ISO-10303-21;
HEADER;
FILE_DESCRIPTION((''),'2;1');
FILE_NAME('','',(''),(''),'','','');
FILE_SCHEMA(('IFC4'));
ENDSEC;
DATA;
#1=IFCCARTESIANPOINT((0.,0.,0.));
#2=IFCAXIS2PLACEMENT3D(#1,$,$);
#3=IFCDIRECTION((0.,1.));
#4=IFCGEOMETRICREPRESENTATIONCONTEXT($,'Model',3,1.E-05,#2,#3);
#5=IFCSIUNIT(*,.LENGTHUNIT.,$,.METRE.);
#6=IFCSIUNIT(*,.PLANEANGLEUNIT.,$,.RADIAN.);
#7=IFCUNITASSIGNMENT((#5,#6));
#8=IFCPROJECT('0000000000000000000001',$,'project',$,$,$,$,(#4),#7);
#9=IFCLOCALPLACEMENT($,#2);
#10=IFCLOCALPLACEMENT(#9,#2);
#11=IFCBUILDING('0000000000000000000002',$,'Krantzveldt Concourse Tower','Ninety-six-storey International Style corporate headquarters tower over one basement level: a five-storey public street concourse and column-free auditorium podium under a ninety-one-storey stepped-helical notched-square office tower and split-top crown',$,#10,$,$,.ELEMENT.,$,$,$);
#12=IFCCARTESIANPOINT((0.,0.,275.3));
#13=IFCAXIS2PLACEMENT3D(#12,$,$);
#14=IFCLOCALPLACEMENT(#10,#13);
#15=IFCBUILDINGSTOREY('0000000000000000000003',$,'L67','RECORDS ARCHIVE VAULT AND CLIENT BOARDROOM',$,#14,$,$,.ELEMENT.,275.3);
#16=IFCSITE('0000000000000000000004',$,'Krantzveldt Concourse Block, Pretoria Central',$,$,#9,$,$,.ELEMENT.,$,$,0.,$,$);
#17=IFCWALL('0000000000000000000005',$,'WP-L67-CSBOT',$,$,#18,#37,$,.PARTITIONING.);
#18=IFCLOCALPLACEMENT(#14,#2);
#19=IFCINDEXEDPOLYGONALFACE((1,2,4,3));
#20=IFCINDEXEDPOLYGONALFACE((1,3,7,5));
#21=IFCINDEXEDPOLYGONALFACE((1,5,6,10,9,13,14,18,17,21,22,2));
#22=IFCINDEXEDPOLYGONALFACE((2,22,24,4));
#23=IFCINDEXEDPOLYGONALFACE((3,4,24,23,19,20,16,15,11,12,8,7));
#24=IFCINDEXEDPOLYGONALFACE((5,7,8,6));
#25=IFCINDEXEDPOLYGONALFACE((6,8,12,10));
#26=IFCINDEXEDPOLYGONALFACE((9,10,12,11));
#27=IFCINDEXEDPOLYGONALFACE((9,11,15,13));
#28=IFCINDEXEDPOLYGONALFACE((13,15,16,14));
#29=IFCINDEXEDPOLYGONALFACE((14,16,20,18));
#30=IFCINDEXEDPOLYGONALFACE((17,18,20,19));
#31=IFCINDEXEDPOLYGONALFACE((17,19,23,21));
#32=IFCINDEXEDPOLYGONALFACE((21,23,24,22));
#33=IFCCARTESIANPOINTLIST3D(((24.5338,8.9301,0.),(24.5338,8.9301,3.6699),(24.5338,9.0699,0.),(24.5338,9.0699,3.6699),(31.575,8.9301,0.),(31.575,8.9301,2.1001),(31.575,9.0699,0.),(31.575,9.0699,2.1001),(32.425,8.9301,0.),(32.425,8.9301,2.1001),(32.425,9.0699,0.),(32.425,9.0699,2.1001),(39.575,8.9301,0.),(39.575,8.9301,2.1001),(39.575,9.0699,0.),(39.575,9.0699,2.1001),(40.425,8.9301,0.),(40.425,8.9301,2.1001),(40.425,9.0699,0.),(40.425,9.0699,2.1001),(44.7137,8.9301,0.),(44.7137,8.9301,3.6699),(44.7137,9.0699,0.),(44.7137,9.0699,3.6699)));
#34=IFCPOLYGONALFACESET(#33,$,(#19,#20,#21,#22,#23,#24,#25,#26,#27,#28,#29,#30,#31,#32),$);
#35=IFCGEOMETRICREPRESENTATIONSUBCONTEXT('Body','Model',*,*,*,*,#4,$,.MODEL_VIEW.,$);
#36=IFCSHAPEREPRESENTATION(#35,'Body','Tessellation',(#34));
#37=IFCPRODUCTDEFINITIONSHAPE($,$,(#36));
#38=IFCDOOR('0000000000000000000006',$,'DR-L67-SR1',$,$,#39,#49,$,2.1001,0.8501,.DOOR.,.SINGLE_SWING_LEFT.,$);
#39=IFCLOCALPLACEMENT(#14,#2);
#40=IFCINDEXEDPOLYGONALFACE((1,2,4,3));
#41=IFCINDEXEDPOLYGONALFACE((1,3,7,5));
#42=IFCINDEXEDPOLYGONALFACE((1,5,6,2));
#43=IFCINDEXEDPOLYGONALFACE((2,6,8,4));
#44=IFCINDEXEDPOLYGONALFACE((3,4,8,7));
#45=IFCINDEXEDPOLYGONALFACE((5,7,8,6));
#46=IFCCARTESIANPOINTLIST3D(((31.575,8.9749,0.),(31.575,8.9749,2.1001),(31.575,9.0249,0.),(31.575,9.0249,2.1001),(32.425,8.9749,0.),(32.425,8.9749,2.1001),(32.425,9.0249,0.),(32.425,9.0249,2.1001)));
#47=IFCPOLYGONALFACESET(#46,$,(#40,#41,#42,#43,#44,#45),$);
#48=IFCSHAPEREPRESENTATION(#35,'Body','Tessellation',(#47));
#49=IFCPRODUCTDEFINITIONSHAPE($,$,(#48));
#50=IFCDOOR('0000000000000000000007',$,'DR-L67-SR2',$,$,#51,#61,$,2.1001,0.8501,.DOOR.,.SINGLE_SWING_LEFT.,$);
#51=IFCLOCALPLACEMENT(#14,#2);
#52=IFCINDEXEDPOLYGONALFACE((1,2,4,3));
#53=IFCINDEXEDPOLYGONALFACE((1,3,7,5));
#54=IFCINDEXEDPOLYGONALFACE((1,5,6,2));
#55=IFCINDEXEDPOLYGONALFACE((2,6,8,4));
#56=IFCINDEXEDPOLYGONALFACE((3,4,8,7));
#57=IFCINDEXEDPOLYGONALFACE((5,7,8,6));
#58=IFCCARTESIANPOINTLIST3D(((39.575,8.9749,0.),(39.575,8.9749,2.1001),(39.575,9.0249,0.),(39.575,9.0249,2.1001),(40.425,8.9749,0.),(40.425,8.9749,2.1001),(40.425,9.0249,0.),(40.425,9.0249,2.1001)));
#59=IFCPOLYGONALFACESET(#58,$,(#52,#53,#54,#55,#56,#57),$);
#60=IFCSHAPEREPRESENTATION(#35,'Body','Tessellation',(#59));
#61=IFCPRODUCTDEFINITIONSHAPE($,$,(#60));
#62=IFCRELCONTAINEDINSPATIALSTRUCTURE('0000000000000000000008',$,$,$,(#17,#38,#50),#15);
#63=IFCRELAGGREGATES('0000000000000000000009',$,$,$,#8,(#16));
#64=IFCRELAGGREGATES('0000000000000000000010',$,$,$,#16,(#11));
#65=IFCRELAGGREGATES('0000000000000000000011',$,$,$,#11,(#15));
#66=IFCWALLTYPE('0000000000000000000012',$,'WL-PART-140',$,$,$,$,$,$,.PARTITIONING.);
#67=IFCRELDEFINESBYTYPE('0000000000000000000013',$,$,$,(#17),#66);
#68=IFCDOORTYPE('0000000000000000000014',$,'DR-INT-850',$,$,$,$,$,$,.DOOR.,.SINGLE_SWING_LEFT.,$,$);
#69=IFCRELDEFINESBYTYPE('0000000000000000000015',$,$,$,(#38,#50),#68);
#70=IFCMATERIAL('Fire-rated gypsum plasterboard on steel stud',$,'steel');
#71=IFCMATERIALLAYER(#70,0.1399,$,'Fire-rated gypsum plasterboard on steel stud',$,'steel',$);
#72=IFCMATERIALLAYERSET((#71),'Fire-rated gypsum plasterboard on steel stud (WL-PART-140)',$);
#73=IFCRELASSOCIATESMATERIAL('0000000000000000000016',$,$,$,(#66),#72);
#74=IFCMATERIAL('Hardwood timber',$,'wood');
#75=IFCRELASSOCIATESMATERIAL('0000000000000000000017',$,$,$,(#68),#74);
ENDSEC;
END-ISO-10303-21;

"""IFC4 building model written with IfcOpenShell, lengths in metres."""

from ifc_helpers import new_model, si_unit, direction, frame, frame_2d, origin, place, context, subcontext, project, spatial, rectangle, extrude, material, layer, layer_set, type_object, element, fill, save


model = new_model("IFC4")

# Units and contexts
model_context = context("Model", 3, precision=1e-05, world=origin(), true_north=direction((0.0, 1.0)))
body_context = subcontext(model_context, "Body", "Model", "MODEL_VIEW")
ifc_project = project(units=[si_unit("LENGTHUNIT", "METRE"), si_unit("PLANEANGLEUNIT", "RADIAN")], contexts=[model_context])

# Site, building, storey
site_placement = place(None, origin())
site = spatial("IfcSite", under=ifc_project, at=site_placement, Name="Krantzveldt Concourse Block, Pretoria Central", CompositionType="ELEMENT", RefElevation=0.0)
building_placement = place(site_placement, origin())
building = spatial("IfcBuilding", under=site, at=building_placement, Name="Krantzveldt Concourse Tower", Description="Ninety-six-storey International Style corporate headquarters tower over one basement level: a five-storey public street concourse and column-free auditorium podium under a ninety-one-storey stepped-helical notched-square office tower and split-top crown", CompositionType="ELEMENT")
storey_placement = place(building_placement, frame((0.0, 0.0, 275.3)))
storey = spatial("IfcBuildingStorey", under=building, at=storey_placement, Name="L67", Description="RECORDS ARCHIVE VAULT AND CLIENT BOARDROOM", CompositionType="ELEMENT", Elevation=275.3)

# Shared definitions
ifc_material_1 = material(Name="Fire-rated gypsum plasterboard on steel stud", Category="steel")

# Wall, openings, doors
ifc_layer_1 = layer(ifc_material_1, 0.1399, Name="Fire-rated gypsum plasterboard on steel stud", Category="steel")
ifc_layer_set_1 = layer_set([ifc_layer_1], Name="Fire-rated gypsum plasterboard on steel stud (WL-PART-140)")
wall_type_1 = type_object("IfcWallType", Name="WL-PART-140", PredefinedType="PARTITIONING", material=ifc_layer_set_1)
wall_1_placement = place(storey_placement, frame((24.5339, 9.0, 0.0), z_axis=(0.0, 0.0, 1.0), x_axis=(1.0, 0.0, 0.0)))
wall_1 = element("IfcWall", 1, at=wall_1_placement, inside=storey, type_object=wall_type_1, Name="WP-L67-CSBOT", PredefinedType="PARTITIONING", context=body_context, shape_type="SweptSolid", body=[
    extrude(rectangle(XDim=20.1799, YDim=0.1399, at=frame_2d((10.0898, 0.0))), origin(), (0.0, 0.0, 1.0), 3.6699),
])
opening_1_placement = place(wall_1_placement, frame((7.041, 0.0, 0.0)))
opening_1 = element("IfcOpeningElement", 2, at=opening_1_placement, cuts=wall_1, PredefinedType="OPENING", context=body_context, shape_type="SweptSolid", body=[
    extrude(rectangle(XDim=0.8501, YDim=2.1001, at=frame_2d((0.425, 1.05))), frame((0.0, 0.0801, 0.0), z_axis=(0.0, -1.0, 0.0), x_axis=(1.0, 0.0, 0.0)), (0.0, 0.0, 1.0), 0.1599),
])
opening_2_placement = place(wall_1_placement, frame((15.041, 0.0, 0.0)))
opening_2 = element("IfcOpeningElement", 3, at=opening_2_placement, cuts=wall_1, PredefinedType="OPENING", context=body_context, shape_type="SweptSolid", body=[
    extrude(rectangle(XDim=0.8501, YDim=2.1001, at=frame_2d((0.425, 1.05))), frame((0.0, 0.0801, 0.0), z_axis=(0.0, -1.0, 0.0), x_axis=(1.0, 0.0, 0.0)), (0.0, 0.0, 1.0), 0.1599),
])
ifc_material_2 = material(Name="Hardwood timber", Category="wood")
door_type = type_object("IfcDoorType", Name="DR-INT-850", OperationType="SINGLE_SWING_LEFT", PredefinedType="DOOR", material=ifc_material_2)
door_1_placement = place(opening_1_placement, origin())
door_1 = element("IfcDoor", 4, at=door_1_placement, inside=storey, type_object=door_type, Name="DR-L67-SR1", OperationType="SINGLE_SWING_LEFT", OverallHeight=2.1001, OverallWidth=0.8501, PredefinedType="DOOR", context=body_context, shape_type="SweptSolid", body=[
    extrude(rectangle(XDim=0.8501, YDim=2.1001, at=frame_2d((0.425, 1.05))), frame((0.0, 0.0249, 0.0), z_axis=(0.0, -1.0, 0.0), x_axis=(1.0, 0.0, 0.0)), (0.0, 0.0, 1.0), 0.05),
])
fill(opening_1, door_1)
door_2_placement = place(opening_2_placement, origin())
door_2 = element("IfcDoor", 5, at=door_2_placement, inside=storey, type_object=door_type, Name="DR-L67-SR2", OperationType="SINGLE_SWING_LEFT", OverallHeight=2.1001, OverallWidth=0.8501, PredefinedType="DOOR", context=body_context, shape_type="SweptSolid", body=[
    extrude(rectangle(XDim=0.8501, YDim=2.1001, at=frame_2d((0.425, 1.05))), frame((0.0, 0.0249, 0.0), z_axis=(0.0, -1.0, 0.0), x_axis=(1.0, 0.0, 0.0)), (0.0, 0.0, 1.0), 0.05),
])
fill(opening_2, door_2)

save(model, "model.ifc")
